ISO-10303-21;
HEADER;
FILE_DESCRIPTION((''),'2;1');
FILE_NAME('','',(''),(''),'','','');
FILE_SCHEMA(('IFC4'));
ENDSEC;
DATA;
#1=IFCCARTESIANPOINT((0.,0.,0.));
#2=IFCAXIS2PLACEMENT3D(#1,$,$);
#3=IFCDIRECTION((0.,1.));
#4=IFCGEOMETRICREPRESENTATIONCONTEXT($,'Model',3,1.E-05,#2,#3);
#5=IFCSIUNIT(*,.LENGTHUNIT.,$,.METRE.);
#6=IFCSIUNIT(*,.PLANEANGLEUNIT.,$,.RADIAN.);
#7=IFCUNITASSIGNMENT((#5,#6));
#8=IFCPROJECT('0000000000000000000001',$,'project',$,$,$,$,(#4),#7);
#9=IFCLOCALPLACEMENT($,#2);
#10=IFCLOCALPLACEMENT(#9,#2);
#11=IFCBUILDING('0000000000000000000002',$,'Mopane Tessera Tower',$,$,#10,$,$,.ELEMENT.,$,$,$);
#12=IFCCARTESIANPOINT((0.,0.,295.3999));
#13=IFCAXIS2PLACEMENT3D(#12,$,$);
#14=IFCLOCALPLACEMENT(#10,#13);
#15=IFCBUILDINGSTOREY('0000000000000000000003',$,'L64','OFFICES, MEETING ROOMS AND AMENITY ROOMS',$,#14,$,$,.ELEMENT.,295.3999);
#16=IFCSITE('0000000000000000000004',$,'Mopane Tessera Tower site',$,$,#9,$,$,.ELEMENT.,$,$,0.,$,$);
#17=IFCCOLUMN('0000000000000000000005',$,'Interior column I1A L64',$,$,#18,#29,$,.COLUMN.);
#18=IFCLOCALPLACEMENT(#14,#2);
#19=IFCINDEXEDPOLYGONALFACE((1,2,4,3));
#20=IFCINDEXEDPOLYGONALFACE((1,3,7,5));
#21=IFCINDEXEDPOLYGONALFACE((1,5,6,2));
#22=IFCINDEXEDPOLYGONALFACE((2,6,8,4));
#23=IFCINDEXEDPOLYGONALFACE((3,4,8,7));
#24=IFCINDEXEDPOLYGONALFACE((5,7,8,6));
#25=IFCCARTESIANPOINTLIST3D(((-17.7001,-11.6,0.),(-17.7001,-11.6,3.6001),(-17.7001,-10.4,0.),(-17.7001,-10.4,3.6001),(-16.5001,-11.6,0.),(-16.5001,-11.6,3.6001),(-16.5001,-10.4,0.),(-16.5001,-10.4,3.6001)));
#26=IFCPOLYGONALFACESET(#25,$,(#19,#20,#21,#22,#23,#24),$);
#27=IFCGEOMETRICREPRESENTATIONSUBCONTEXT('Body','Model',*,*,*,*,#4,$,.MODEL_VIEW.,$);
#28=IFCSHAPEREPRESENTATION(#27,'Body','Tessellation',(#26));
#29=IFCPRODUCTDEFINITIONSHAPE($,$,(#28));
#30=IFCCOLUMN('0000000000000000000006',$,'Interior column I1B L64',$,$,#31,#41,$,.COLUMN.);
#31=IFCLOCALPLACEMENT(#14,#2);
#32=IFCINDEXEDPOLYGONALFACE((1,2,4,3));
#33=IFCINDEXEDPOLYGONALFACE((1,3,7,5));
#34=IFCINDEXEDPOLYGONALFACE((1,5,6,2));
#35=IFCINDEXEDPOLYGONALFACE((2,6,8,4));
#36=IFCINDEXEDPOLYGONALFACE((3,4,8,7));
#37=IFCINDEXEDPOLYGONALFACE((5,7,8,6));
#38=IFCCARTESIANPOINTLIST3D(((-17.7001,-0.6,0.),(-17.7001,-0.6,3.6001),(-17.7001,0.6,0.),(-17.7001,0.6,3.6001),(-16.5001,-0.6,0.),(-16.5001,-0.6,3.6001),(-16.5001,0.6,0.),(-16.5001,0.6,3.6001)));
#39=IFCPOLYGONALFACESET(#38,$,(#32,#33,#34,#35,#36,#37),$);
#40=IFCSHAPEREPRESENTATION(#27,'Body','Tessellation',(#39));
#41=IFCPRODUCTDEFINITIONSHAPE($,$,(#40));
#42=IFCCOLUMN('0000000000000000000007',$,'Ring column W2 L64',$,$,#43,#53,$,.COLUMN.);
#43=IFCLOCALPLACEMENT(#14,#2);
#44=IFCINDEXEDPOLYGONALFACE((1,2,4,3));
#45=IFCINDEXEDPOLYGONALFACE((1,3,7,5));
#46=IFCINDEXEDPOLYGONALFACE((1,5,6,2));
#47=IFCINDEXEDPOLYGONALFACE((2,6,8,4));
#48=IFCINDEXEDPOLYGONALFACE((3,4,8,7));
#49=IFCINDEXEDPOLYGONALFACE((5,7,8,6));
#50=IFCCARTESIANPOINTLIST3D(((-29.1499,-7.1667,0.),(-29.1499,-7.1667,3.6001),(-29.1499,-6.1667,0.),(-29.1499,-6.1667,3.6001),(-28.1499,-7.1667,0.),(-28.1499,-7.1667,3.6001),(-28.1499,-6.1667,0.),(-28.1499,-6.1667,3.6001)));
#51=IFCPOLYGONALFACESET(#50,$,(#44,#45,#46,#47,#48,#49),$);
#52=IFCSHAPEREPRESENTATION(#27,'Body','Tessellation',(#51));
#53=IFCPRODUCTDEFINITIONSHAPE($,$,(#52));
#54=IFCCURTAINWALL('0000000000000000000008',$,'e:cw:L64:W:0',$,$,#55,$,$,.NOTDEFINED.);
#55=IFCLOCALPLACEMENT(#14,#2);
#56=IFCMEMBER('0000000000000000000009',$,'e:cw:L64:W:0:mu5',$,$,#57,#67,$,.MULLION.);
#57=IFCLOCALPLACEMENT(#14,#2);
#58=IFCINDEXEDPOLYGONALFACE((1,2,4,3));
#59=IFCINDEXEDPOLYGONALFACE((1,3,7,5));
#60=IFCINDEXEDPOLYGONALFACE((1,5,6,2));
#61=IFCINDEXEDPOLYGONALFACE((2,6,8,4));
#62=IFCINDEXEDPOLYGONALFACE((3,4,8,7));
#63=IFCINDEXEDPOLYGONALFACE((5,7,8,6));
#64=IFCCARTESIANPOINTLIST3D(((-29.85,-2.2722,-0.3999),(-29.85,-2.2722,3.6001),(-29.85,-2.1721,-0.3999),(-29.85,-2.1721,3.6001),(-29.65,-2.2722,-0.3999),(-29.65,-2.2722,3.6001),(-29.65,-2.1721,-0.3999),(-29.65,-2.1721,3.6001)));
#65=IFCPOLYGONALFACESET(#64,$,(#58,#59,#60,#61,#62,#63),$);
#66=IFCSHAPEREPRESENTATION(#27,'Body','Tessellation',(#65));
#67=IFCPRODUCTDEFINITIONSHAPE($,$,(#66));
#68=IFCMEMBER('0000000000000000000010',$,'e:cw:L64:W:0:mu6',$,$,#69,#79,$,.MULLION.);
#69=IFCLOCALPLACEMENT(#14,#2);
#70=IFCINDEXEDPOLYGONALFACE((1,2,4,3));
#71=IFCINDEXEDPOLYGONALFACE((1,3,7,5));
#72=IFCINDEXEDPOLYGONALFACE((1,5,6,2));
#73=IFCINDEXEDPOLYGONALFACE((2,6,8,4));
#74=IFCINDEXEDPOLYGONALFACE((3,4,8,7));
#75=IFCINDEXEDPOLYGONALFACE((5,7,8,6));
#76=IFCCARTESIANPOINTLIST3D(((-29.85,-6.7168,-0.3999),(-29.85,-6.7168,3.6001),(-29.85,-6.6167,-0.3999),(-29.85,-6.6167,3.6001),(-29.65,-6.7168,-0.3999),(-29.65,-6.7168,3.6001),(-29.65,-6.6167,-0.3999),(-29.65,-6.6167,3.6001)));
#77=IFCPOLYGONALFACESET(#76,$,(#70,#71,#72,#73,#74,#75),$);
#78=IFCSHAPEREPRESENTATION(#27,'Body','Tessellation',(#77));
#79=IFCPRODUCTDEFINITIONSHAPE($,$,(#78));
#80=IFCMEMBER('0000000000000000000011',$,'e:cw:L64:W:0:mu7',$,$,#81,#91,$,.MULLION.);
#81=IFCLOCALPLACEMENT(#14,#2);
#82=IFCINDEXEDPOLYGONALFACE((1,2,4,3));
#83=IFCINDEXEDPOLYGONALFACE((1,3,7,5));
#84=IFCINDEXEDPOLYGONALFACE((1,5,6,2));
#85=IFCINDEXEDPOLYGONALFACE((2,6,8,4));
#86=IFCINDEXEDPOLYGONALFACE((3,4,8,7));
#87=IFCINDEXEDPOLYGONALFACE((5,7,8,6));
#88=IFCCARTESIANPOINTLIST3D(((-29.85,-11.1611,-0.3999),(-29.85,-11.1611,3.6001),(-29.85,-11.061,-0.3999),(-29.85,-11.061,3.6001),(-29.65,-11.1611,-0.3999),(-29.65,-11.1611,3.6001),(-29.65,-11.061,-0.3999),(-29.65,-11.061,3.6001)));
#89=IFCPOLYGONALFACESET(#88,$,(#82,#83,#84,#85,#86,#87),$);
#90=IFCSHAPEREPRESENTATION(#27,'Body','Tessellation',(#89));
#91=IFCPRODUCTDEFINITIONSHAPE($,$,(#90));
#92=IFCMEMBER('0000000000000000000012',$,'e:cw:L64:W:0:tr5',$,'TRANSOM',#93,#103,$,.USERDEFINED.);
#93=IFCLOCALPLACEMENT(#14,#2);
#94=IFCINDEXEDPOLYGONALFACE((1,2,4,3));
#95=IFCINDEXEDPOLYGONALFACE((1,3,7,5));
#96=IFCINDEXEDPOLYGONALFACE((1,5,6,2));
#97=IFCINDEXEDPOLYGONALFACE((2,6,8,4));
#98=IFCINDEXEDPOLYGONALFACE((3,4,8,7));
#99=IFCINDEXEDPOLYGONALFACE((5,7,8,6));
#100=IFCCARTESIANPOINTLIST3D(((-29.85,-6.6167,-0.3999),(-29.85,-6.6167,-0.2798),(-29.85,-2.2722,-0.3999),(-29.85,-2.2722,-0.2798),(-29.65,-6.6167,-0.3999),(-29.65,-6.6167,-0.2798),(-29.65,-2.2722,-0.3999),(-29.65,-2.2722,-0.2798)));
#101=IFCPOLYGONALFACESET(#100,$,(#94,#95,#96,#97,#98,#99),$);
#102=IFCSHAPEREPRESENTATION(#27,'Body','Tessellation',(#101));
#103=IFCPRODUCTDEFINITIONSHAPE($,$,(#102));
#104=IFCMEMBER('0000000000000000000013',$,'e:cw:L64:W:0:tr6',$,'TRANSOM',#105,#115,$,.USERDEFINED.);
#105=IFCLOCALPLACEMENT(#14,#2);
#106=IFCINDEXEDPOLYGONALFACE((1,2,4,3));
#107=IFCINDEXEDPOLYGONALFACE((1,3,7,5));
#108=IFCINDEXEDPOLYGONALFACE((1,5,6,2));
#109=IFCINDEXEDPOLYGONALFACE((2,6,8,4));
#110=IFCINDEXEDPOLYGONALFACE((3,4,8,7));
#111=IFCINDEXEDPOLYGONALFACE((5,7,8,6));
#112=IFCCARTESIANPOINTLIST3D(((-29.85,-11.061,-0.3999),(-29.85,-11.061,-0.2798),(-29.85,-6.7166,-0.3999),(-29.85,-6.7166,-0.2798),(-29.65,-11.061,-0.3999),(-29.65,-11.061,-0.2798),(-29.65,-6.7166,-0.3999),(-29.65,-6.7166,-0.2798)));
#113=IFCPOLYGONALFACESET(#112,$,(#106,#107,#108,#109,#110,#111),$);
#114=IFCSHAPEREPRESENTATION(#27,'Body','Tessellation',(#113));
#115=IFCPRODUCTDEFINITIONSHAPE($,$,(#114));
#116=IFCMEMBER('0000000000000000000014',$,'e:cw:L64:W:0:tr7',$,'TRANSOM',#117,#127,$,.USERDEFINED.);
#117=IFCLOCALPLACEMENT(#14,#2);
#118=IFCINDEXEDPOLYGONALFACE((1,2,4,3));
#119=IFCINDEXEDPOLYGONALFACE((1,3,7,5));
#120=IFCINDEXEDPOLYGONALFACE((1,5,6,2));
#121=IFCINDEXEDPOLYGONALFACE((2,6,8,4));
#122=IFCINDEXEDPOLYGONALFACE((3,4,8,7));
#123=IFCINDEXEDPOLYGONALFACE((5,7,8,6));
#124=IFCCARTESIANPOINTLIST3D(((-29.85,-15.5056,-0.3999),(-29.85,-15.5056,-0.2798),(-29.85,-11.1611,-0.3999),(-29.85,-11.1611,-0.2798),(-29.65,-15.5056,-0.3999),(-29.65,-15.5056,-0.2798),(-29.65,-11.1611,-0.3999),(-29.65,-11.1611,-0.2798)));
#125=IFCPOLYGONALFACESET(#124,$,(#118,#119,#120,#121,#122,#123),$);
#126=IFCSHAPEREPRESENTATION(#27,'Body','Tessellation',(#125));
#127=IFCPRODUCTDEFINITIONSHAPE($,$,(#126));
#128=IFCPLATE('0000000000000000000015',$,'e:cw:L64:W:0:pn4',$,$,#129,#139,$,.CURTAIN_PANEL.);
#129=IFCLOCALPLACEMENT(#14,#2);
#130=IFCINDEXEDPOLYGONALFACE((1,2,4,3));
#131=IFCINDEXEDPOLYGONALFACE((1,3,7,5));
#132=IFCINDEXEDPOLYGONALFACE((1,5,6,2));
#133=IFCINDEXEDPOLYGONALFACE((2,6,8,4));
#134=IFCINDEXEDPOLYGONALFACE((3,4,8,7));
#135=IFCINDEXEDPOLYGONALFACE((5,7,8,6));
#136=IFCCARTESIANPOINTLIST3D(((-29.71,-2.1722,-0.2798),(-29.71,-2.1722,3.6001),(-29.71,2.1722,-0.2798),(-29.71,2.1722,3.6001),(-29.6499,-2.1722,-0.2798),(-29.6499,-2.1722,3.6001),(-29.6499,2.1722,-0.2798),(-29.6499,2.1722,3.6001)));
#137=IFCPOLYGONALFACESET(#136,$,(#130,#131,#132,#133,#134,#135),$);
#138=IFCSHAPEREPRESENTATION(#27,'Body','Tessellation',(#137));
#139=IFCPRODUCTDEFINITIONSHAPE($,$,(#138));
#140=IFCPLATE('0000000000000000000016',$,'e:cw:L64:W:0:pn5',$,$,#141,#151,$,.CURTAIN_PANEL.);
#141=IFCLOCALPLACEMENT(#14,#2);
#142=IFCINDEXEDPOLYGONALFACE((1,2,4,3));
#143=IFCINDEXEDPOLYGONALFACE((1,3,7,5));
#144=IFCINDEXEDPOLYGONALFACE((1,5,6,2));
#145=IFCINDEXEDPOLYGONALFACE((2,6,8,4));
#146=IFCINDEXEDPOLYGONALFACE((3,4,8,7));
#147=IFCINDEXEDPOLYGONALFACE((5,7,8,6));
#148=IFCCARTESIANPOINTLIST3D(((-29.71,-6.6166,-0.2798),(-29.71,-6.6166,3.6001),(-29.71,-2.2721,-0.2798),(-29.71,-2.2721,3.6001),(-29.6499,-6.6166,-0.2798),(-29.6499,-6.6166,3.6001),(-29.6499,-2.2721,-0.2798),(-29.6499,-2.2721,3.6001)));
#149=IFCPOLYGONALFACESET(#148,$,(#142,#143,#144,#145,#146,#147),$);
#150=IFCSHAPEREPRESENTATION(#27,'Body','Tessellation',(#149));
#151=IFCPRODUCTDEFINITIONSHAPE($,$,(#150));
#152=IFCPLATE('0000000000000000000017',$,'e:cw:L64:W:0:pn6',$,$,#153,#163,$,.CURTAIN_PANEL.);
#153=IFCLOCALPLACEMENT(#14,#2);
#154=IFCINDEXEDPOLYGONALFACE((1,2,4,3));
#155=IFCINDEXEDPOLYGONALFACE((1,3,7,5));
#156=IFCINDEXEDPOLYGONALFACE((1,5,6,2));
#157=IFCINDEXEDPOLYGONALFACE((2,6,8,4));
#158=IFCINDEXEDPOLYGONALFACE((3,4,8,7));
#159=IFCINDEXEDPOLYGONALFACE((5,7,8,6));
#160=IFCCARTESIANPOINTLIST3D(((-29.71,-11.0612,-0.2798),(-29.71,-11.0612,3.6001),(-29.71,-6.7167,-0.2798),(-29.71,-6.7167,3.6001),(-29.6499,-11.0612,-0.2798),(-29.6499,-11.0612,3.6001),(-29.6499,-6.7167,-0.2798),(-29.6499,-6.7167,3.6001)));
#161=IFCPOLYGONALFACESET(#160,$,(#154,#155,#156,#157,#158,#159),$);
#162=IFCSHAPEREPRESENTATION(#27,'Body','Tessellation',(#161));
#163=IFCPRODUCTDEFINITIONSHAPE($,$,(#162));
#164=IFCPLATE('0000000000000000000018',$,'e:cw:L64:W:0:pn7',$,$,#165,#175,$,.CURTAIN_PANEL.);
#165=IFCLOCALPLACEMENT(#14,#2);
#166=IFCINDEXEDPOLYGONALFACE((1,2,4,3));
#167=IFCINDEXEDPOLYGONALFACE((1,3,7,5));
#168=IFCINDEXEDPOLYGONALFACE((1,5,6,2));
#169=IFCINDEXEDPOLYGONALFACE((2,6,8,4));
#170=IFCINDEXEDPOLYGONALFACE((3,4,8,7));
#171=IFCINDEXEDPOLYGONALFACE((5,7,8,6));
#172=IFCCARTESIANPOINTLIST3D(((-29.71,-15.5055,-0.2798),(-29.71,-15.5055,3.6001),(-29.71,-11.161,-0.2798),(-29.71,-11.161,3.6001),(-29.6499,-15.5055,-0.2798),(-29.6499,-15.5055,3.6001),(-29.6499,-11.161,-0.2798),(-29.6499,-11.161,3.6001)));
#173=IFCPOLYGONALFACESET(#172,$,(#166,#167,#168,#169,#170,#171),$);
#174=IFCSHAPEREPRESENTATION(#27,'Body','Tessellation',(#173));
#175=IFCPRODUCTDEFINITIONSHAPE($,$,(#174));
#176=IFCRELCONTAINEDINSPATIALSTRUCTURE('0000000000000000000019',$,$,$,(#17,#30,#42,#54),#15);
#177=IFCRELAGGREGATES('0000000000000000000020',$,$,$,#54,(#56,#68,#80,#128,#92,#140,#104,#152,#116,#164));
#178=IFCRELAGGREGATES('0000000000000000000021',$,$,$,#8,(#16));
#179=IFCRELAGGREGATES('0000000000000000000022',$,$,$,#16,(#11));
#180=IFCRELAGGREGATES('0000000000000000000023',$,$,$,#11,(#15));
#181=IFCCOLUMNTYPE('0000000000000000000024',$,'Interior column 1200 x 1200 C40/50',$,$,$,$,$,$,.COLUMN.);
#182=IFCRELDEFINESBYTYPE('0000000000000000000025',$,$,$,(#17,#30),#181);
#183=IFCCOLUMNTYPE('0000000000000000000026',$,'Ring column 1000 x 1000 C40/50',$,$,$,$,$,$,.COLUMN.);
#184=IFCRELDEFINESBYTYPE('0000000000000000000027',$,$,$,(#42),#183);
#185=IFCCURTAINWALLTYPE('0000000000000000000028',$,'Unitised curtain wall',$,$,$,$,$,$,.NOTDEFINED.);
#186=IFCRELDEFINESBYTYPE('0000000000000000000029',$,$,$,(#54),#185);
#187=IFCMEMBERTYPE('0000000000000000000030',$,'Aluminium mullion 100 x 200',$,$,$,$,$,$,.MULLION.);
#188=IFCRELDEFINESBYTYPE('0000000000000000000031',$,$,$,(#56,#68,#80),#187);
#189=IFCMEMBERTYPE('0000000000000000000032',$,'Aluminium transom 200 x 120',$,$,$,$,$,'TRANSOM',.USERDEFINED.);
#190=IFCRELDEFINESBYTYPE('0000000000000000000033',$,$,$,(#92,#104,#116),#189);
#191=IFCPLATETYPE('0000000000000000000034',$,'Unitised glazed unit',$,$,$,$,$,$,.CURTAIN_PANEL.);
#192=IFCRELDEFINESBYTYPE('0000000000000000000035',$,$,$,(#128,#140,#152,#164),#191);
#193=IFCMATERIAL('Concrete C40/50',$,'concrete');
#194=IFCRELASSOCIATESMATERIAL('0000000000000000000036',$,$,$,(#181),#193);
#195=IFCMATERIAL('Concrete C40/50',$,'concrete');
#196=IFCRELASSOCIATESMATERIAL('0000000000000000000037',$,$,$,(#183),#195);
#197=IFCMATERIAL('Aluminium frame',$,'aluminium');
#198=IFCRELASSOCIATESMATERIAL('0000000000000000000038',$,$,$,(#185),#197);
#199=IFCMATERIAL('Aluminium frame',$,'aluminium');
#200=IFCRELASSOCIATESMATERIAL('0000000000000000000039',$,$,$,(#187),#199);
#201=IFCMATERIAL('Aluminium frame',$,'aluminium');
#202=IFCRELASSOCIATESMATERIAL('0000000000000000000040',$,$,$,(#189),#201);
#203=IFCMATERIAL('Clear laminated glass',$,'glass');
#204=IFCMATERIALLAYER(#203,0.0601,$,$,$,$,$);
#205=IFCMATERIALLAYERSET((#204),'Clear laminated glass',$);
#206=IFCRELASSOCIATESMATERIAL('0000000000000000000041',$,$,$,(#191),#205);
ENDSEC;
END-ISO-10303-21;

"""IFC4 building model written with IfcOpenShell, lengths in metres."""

from ifc_helpers import new_model, si_unit, direction, frame, origin, origin_2d, place, context, subcontext, project, spatial, rectangle, extrude, material, layer, layer_set, material_profile, profile_set, type_object, element, aggregate, save


model = new_model("IFC4")

# Units and contexts
model_context = context("Model", 3, precision=1e-05, world=origin(), true_north=direction((0.0, 1.0)))
body_context = subcontext(model_context, "Body", "Model", "MODEL_VIEW")
ifc_project = project(units=[si_unit("LENGTHUNIT", "METRE"), si_unit("PLANEANGLEUNIT", "RADIAN")], contexts=[model_context])

# Site, building, storey
site_placement = place(None, origin())
site = spatial("IfcSite", under=ifc_project, at=site_placement, Name="Mopane Tessera Tower site", CompositionType="ELEMENT", RefElevation=0.0)
building_placement = place(site_placement, origin())
building = spatial("IfcBuilding", under=site, at=building_placement, Name="Mopane Tessera Tower", CompositionType="ELEMENT")
storey_placement = place(building_placement, frame((0.0, 0.0, 295.3999)))
storey = spatial("IfcBuildingStorey", under=building, at=storey_placement, Name="L64", Description="OFFICES, MEETING ROOMS AND AMENITY ROOMS", CompositionType="ELEMENT", Elevation=295.3999)

# Columns
ifc_material_1 = material(Name="Concrete C40/50", Category="concrete")
ifc_material_profile_1 = material_profile(ifc_material_1, rectangle(XDim=1.2, YDim=1.2, at=origin_2d()))
ifc_profile_set_1 = profile_set([ifc_material_profile_1], Name="Concrete C40/50")
column_type_1 = type_object("IfcColumnType", Name="Interior column 1200 x 1200 C40/50", PredefinedType="COLUMN", material=ifc_profile_set_1)
for number, where, z_axis, x_axis, name in (
    (1, (-17.1001, -11.0, 0.0), (0.0, 0.0, 1.0), (1.0, 0.0, 0.0), "Interior column I1A L64"),
    (2, (-17.1001, 0.0, 0.0), (0.0, 0.0, 1.0), (1.0, 0.0, 0.0), "Interior column I1B L64"),
):
    element("IfcColumn", number, at=place(storey_placement, frame(where, z_axis=z_axis, x_axis=x_axis)), inside=storey, type_object=column_type_1, Name=name, PredefinedType="COLUMN", context=body_context, shape_type="SweptSolid", body=[
        extrude(rectangle(XDim=1.2, YDim=1.2, at=origin_2d()), origin(), (0.0, 0.0, 1.0), 3.6001),
    ])
ifc_material_2 = material(Name="Concrete C40/50", Category="concrete")
ifc_material_profile_2 = material_profile(ifc_material_2, rectangle(XDim=1.0, YDim=1.0, at=origin_2d()))
ifc_profile_set_2 = profile_set([ifc_material_profile_2], Name="Concrete C40/50")
column_type_2 = type_object("IfcColumnType", Name="Ring column 1000 x 1000 C40/50", PredefinedType="COLUMN", material=ifc_profile_set_2)
column_placement = place(storey_placement, frame((-28.6499, -6.6667, 0.0), z_axis=(0.0, 0.0, 1.0), x_axis=(1.0, 0.0, 0.0)))
element("IfcColumn", 3, at=column_placement, inside=storey, type_object=column_type_2, Name="Ring column W2 L64", PredefinedType="COLUMN", context=body_context, shape_type="SweptSolid", body=[
    extrude(rectangle(XDim=1.0, YDim=1.0, at=origin_2d()), origin(), (0.0, 0.0, 1.0), 3.6001),
])

# Curtain wall, members, plates
ifc_material_3 = material(Name="Aluminium frame", Category="aluminium")
curtain_wall_type = type_object("IfcCurtainWallType", Name="Unitised curtain wall", PredefinedType="NOTDEFINED", material=ifc_material_3)
curtain_wall_placement = place(storey_placement, origin())
curtain_wall = element("IfcCurtainWall", 4, at=curtain_wall_placement, inside=storey, type_object=curtain_wall_type, Name="e:cw:L64:W:0", PredefinedType="NOTDEFINED")
ifc_material_4 = material(Name="Aluminium frame", Category="aluminium")
ifc_material_profile_3 = material_profile(ifc_material_4, rectangle(XDim=0.1001, YDim=0.2, at=origin_2d()))
ifc_profile_set_3 = profile_set([ifc_material_profile_3], Name="Aluminium frame")
member_type_1 = type_object("IfcMemberType", Name="Aluminium mullion 100 x 200", PredefinedType="MULLION", material=ifc_profile_set_3)
member_1_placement = place(storey_placement, frame((-29.75, -2.2222, -0.3999), z_axis=(0.0, 0.0, 1.0), x_axis=(0.0, -1.0, 0.0)))
member_1 = element("IfcMember", 5, at=member_1_placement, type_object=member_type_1, Name="e:cw:L64:W:0:mu5", PredefinedType="MULLION", context=body_context, shape_type="SweptSolid", body=[
    extrude(rectangle(XDim=0.1001, YDim=0.2, at=origin_2d()), origin(), (0.0, 0.0, 1.0), 4.0),
])
member_2_placement = place(storey_placement, frame((-29.75, -6.6667, -0.3999), z_axis=(0.0, 0.0, 1.0), x_axis=(0.0, -1.0, 0.0)))
member_2 = element("IfcMember", 6, at=member_2_placement, type_object=member_type_1, Name="e:cw:L64:W:0:mu6", PredefinedType="MULLION", context=body_context, shape_type="SweptSolid", body=[
    extrude(rectangle(XDim=0.1001, YDim=0.2, at=origin_2d()), origin(), (0.0, 0.0, 1.0), 4.0),
])
member_3_placement = place(storey_placement, frame((-29.75, -11.1111, -0.3999), z_axis=(0.0, 0.0, 1.0), x_axis=(0.0, -1.0, 0.0)))
member_3 = element("IfcMember", 7, at=member_3_placement, type_object=member_type_1, Name="e:cw:L64:W:0:mu7", PredefinedType="MULLION", context=body_context, shape_type="SweptSolid", body=[
    extrude(rectangle(XDim=0.1001, YDim=0.2, at=origin_2d()), origin(), (0.0, 0.0, 1.0), 4.0),
])
ifc_material_5 = material(Name="Aluminium frame", Category="aluminium")
ifc_material_profile_4 = material_profile(ifc_material_5, rectangle(XDim=0.2, YDim=0.1201, at=origin_2d()))
ifc_profile_set_4 = profile_set([ifc_material_profile_4], Name="Aluminium frame")
member_type_2 = type_object("IfcMemberType", Name="Aluminium transom 200 x 120", ElementType="TRANSOM", PredefinedType="USERDEFINED", material=ifc_profile_set_4)
member_4_placement = place(storey_placement, frame((-29.75, -2.2722, -0.3398), z_axis=(0.0, -1.0, 0.0), x_axis=(1.0, 0.0, 0.0)))
member_4 = element("IfcMember", 8, at=member_4_placement, type_object=member_type_2, Name="e:cw:L64:W:0:tr5", ObjectType="TRANSOM", PredefinedType="USERDEFINED", context=body_context, shape_type="SweptSolid", body=[
    extrude(rectangle(XDim=0.2, YDim=0.1201, at=origin_2d()), origin(), (0.0, 0.0, 1.0), 4.3445),
])
member_5_placement = place(storey_placement, frame((-29.75, -6.7166, -0.3398), z_axis=(0.0, -1.0, 0.0), x_axis=(1.0, 0.0, 0.0)))
member_5 = element("IfcMember", 9, at=member_5_placement, type_object=member_type_2, Name="e:cw:L64:W:0:tr6", ObjectType="TRANSOM", PredefinedType="USERDEFINED", context=body_context, shape_type="SweptSolid", body=[
    extrude(rectangle(XDim=0.2, YDim=0.1201, at=origin_2d()), origin(), (0.0, 0.0, 1.0), 4.3445),
])
member_6_placement = place(storey_placement, frame((-29.75, -11.1611, -0.3398), z_axis=(0.0, -1.0, 0.0), x_axis=(1.0, 0.0, 0.0)))
member_6 = element("IfcMember", 10, at=member_6_placement, type_object=member_type_2, Name="e:cw:L64:W:0:tr7", ObjectType="TRANSOM", PredefinedType="USERDEFINED", context=body_context, shape_type="SweptSolid", body=[
    extrude(rectangle(XDim=0.2, YDim=0.1201, at=origin_2d()), origin(), (0.0, 0.0, 1.0), 4.3445),
])
ifc_material_6 = material(Name="Clear laminated glass", Category="glass")
ifc_layer_1 = layer(ifc_material_6, 0.0601)
ifc_layer_set_1 = layer_set([ifc_layer_1], Name="Clear laminated glass")
plate_type = type_object("IfcPlateType", Name="Unitised glazed unit", PredefinedType="CURTAIN_PANEL", material=ifc_layer_set_1)
plate_1_placement = place(storey_placement, frame((-29.6799, 0.0, -0.2798), z_axis=(0.0, 0.0, 1.0), x_axis=(0.0, -1.0, 0.0)))
plate_1 = element("IfcPlate", 11, at=plate_1_placement, type_object=plate_type, Name="e:cw:L64:W:0:pn4", PredefinedType="CURTAIN_PANEL", context=body_context, shape_type="SweptSolid", body=[
    extrude(rectangle(XDim=4.3445, YDim=0.0601, at=origin_2d()), origin(), (0.0, 0.0, 1.0), 3.8799),
])
plate_2_placement = place(storey_placement, frame((-29.6799, -4.4443, -0.2798), z_axis=(0.0, 0.0, 1.0), x_axis=(0.0, -1.0, 0.0)))
plate_2 = element("IfcPlate", 12, at=plate_2_placement, type_object=plate_type, Name="e:cw:L64:W:0:pn5", PredefinedType="CURTAIN_PANEL", context=body_context, shape_type="SweptSolid", body=[
    extrude(rectangle(XDim=4.3445, YDim=0.0601, at=origin_2d()), origin(), (0.0, 0.0, 1.0), 3.8799),
])
plate_3_placement = place(storey_placement, frame((-29.6799, -8.8889, -0.2798), z_axis=(0.0, 0.0, 1.0), x_axis=(0.0, -1.0, 0.0)))
plate_3 = element("IfcPlate", 13, at=plate_3_placement, type_object=plate_type, Name="e:cw:L64:W:0:pn6", PredefinedType="CURTAIN_PANEL", context=body_context, shape_type="SweptSolid", body=[
    extrude(rectangle(XDim=4.3445, YDim=0.0601, at=origin_2d()), origin(), (0.0, 0.0, 1.0), 3.8799),
])
plate_4_placement = place(storey_placement, frame((-29.6799, -13.3333, -0.2798), z_axis=(0.0, 0.0, 1.0), x_axis=(0.0, -1.0, 0.0)))
plate_4 = element("IfcPlate", 14, at=plate_4_placement, type_object=plate_type, Name="e:cw:L64:W:0:pn7", PredefinedType="CURTAIN_PANEL", context=body_context, shape_type="SweptSolid", body=[
    extrude(rectangle(XDim=4.3445, YDim=0.0601, at=origin_2d()), origin(), (0.0, 0.0, 1.0), 3.8799),
])
aggregate(curtain_wall, [member_1, member_2, member_3, plate_1, member_4, plate_2, member_5, plate_3, member_6, plate_4])

save(model, "model.ifc")
